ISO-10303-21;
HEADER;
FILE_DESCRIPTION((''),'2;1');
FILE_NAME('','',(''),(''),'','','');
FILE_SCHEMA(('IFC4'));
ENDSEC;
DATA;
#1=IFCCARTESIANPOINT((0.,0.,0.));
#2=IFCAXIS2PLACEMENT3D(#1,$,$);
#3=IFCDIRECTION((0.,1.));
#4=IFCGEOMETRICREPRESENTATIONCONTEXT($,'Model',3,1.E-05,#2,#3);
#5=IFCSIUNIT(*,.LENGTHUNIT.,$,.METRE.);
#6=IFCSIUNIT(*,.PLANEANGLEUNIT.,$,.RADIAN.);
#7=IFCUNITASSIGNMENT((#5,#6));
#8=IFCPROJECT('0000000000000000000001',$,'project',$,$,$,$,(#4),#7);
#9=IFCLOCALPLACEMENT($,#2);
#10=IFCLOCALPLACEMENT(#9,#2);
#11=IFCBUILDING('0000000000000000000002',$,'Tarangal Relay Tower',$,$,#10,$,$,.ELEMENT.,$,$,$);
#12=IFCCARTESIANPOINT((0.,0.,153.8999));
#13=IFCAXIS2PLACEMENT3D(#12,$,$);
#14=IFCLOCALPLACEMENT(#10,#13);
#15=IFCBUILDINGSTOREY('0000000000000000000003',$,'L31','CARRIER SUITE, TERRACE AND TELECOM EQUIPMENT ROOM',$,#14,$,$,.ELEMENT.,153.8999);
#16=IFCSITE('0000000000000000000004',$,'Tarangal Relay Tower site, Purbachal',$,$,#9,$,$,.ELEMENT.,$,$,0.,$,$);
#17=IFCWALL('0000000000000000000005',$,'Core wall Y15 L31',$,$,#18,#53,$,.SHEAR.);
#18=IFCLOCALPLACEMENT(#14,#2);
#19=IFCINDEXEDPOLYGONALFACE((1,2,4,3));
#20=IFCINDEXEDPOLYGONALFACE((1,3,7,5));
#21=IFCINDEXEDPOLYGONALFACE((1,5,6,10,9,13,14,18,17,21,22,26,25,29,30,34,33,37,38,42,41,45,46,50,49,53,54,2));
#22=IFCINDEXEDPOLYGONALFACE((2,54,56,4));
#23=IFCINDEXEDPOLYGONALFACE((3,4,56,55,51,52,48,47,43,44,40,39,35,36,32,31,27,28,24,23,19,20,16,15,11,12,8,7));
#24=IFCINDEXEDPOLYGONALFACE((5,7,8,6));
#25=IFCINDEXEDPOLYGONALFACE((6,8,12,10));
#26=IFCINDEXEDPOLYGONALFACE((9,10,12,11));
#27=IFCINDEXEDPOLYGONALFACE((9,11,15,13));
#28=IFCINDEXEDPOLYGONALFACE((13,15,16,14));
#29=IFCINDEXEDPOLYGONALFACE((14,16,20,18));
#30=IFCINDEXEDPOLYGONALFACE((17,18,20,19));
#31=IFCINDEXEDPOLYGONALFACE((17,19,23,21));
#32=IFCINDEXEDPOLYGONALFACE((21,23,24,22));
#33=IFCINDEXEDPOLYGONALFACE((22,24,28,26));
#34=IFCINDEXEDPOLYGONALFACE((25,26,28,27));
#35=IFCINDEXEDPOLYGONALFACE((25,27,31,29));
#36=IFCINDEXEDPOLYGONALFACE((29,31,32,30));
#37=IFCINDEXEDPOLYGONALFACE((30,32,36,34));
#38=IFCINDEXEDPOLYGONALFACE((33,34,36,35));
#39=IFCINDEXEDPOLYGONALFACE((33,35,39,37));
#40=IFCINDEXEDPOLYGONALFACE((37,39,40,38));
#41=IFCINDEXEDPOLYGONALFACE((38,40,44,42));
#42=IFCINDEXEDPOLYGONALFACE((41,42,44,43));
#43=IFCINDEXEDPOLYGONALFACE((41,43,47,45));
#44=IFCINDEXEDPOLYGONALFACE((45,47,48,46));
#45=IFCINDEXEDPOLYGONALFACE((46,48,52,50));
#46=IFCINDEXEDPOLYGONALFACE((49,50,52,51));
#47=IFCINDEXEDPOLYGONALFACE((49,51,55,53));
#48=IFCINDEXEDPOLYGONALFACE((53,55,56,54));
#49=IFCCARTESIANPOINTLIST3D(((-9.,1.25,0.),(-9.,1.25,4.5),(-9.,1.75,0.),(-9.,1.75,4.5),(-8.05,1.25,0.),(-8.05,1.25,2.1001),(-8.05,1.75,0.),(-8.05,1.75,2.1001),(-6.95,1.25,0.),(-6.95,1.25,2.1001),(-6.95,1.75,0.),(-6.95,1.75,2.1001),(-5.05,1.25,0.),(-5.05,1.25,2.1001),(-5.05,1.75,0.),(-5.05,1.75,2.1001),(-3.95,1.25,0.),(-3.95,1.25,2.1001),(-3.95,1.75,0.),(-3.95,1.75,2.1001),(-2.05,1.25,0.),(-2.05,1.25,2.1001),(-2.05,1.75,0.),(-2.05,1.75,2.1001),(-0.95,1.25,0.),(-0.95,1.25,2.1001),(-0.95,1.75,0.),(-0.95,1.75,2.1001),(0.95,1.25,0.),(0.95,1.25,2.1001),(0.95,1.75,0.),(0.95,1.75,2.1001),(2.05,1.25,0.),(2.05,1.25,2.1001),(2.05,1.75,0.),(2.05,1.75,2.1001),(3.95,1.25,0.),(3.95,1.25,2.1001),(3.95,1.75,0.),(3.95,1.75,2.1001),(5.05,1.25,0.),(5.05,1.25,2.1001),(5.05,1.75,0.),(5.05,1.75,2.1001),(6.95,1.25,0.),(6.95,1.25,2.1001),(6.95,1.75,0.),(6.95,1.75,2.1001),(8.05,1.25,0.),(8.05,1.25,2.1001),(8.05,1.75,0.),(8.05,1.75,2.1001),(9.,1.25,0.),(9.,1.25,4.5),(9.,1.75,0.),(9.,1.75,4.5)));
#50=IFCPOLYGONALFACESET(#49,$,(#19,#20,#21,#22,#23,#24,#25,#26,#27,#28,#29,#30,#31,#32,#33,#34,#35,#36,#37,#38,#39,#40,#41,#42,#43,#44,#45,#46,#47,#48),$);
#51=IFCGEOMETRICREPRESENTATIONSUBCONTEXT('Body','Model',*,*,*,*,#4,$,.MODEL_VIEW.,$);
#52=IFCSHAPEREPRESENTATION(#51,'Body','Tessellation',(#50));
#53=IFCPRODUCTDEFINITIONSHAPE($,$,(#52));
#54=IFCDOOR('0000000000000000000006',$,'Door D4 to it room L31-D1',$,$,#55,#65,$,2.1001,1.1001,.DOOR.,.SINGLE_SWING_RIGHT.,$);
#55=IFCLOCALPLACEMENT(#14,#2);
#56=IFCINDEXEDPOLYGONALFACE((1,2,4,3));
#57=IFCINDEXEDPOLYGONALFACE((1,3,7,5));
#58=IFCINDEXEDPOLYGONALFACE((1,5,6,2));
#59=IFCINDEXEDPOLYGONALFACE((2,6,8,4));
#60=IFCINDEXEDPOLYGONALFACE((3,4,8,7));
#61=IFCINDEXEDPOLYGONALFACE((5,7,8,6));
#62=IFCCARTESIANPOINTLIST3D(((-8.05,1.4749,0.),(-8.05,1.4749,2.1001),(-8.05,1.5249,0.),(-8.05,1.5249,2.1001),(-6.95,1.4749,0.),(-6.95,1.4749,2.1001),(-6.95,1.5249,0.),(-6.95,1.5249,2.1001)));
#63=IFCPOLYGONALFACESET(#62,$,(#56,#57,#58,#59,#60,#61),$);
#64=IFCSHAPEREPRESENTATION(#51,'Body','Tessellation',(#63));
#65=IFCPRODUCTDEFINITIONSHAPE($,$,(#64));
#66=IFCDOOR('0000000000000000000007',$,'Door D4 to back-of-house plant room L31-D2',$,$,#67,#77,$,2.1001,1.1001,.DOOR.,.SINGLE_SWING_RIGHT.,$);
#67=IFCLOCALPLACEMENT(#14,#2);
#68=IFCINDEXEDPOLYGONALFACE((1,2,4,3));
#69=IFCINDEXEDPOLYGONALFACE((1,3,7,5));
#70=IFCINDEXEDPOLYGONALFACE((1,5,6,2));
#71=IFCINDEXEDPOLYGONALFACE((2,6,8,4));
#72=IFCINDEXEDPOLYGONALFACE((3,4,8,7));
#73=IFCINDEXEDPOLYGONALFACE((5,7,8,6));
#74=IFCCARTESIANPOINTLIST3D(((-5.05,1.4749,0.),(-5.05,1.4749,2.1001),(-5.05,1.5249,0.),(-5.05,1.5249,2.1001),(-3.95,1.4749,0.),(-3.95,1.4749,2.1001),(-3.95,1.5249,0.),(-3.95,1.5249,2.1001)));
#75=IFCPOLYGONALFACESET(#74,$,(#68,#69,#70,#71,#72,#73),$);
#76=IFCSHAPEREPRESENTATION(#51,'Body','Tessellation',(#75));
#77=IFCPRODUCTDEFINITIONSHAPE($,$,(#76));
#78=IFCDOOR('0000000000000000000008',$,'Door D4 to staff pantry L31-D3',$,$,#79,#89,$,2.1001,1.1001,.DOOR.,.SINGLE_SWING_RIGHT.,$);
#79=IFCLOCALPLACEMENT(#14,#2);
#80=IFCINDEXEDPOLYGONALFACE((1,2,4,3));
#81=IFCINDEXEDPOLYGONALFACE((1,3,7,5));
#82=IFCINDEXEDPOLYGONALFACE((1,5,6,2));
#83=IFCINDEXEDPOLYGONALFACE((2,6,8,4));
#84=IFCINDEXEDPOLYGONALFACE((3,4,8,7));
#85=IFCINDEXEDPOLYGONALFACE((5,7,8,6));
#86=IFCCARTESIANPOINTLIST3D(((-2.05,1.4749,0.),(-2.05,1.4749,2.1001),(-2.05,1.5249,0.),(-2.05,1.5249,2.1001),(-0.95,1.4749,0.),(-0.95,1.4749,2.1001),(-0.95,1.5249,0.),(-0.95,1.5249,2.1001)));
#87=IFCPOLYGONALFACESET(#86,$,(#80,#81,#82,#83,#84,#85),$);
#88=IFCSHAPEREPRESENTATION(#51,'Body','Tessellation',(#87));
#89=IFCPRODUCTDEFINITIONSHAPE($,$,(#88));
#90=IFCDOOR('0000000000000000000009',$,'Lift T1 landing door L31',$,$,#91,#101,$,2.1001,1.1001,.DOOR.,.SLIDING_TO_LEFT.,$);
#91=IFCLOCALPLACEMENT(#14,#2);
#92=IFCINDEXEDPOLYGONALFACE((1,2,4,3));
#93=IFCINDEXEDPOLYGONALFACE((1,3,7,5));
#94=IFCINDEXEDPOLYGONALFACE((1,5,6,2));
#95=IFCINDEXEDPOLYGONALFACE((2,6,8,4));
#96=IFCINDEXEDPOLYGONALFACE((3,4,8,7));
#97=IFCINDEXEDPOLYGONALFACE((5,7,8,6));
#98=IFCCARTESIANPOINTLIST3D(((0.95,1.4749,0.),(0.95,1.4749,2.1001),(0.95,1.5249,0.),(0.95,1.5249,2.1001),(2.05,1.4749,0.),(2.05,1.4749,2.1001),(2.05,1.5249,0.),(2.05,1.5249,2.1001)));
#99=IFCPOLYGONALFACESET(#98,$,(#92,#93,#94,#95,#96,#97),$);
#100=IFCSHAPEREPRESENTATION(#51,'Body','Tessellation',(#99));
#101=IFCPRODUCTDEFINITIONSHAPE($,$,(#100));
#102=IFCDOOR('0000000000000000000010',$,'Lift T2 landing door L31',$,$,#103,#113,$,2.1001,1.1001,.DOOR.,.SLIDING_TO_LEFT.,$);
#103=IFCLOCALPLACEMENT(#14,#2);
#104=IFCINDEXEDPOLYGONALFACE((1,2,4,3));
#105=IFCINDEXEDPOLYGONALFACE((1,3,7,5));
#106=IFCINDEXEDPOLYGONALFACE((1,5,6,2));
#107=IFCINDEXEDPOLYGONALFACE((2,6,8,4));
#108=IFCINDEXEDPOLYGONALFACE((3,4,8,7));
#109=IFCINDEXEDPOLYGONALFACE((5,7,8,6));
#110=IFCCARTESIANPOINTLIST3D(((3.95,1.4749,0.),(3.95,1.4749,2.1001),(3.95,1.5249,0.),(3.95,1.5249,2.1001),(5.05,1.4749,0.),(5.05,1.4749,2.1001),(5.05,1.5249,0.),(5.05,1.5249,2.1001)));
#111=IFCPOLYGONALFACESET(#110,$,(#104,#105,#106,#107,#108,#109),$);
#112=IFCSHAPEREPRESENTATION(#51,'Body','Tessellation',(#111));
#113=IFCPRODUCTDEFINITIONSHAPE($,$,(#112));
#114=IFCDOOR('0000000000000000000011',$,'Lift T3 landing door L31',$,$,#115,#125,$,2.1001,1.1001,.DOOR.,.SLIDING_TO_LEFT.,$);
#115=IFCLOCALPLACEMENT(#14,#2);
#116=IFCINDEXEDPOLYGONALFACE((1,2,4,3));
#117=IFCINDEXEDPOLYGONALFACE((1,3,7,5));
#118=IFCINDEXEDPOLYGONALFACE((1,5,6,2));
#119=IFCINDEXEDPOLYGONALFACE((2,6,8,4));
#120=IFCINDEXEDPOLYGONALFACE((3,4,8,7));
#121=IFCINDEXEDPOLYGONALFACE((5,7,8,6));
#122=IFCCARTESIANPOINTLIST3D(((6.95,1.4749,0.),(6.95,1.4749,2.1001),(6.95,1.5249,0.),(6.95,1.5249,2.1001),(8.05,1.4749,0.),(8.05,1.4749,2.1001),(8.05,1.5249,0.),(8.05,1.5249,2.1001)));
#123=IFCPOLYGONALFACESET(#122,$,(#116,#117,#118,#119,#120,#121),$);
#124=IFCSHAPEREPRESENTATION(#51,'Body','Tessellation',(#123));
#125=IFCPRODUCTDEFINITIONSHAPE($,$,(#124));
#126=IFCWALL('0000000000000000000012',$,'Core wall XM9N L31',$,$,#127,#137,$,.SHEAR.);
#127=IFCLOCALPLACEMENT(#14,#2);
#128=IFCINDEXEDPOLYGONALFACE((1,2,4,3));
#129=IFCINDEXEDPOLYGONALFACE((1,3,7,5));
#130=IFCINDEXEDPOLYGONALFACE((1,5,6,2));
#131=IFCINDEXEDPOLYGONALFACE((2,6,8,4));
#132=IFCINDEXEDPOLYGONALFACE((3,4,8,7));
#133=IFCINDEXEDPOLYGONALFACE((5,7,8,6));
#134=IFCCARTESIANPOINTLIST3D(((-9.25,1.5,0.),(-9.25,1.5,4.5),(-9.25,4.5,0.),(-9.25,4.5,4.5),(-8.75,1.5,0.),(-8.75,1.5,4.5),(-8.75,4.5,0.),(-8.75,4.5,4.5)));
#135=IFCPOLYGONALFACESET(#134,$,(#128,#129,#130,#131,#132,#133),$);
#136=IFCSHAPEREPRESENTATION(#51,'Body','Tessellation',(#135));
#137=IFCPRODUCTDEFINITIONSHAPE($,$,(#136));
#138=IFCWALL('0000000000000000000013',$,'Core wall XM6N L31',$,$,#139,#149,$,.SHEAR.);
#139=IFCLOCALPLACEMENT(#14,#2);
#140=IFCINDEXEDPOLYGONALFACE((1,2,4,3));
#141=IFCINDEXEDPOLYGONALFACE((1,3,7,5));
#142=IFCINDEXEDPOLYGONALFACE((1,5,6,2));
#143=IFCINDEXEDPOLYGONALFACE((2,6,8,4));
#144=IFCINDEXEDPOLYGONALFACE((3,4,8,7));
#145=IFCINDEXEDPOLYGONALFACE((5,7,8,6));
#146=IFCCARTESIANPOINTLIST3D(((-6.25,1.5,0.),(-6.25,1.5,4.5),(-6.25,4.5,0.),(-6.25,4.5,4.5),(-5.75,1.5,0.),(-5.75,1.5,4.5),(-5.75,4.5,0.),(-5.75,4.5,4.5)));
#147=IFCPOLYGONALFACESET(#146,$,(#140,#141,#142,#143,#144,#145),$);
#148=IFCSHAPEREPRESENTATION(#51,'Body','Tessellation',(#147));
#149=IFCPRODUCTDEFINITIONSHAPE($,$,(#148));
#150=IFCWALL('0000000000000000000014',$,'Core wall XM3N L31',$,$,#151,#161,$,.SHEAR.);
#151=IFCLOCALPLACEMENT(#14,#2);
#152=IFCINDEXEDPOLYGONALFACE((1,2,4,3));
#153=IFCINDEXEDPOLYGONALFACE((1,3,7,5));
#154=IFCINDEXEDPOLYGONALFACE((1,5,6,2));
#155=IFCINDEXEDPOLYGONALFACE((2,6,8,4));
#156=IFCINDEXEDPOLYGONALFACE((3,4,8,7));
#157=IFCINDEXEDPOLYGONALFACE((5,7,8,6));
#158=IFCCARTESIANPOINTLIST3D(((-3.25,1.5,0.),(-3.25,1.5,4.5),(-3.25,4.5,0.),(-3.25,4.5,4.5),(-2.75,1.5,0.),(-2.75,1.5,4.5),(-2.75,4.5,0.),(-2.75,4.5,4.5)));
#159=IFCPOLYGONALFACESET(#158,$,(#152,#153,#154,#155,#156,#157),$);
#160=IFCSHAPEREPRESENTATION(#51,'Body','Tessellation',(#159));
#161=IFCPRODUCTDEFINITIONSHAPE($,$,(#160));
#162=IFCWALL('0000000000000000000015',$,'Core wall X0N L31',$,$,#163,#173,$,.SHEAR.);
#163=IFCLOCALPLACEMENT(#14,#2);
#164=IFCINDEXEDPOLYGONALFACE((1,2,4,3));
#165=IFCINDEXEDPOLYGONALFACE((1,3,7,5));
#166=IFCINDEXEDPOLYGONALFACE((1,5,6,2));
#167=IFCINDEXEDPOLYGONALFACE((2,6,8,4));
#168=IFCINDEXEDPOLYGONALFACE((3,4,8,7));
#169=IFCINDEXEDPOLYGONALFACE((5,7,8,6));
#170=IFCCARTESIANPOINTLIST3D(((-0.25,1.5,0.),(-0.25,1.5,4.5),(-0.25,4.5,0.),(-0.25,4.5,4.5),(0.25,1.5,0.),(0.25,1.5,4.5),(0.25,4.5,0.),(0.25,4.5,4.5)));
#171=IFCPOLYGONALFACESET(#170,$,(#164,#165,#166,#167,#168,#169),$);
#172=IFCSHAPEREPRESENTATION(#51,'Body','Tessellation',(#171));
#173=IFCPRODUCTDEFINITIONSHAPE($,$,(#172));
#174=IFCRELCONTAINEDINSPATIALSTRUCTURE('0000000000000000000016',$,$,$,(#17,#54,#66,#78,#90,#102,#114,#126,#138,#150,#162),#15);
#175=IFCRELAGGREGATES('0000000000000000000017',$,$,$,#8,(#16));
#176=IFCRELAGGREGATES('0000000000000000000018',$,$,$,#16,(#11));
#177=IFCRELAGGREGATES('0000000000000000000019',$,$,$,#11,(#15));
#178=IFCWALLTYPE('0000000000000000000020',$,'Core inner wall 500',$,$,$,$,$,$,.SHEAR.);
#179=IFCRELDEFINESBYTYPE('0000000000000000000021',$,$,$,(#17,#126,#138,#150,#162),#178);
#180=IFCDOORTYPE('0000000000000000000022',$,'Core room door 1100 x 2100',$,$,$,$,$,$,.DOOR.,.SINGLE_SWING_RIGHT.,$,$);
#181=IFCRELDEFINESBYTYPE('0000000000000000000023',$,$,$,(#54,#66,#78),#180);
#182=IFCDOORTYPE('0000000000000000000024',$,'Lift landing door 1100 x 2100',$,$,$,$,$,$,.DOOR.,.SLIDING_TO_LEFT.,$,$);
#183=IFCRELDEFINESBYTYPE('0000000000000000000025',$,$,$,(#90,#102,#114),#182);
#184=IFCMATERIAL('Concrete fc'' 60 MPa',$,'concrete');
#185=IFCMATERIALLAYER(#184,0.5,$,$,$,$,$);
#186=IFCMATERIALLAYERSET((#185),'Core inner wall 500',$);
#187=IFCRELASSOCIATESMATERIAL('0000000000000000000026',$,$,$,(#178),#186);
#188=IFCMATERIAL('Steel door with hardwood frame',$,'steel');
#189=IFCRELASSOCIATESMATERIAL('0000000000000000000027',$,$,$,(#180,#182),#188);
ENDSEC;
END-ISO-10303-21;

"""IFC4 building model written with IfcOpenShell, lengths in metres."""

from ifc_helpers import new_model, si_unit, direction, frame, frame_2d, origin, place, context, subcontext, project, spatial, rectangle, extrude, material, layer, layer_set, type_object, element, fill, save


model = new_model("IFC4")

# Units and contexts
model_context = context("Model", 3, precision=1e-05, world=origin(), true_north=direction((0.0, 1.0)))
body_context = subcontext(model_context, "Body", "Model", "MODEL_VIEW")
ifc_project = project(units=[si_unit("LENGTHUNIT", "METRE"), si_unit("PLANEANGLEUNIT", "RADIAN")], contexts=[model_context])

# Site, building, storey
site_placement = place(None, origin())
site = spatial("IfcSite", under=ifc_project, at=site_placement, Name="Tarangal Relay Tower site, Purbachal", CompositionType="ELEMENT", RefElevation=0.0)
building_placement = place(site_placement, origin())
building = spatial("IfcBuilding", under=site, at=building_placement, Name="Tarangal Relay Tower", CompositionType="ELEMENT")
storey_placement = place(building_placement, frame((0.0, 0.0, 153.8999)))
storey = spatial("IfcBuildingStorey", under=building, at=storey_placement, Name="L31", Description="CARRIER SUITE, TERRACE AND TELECOM EQUIPMENT ROOM", CompositionType="ELEMENT", Elevation=153.8999)

# Wall, openings, doors
ifc_material_1 = material(Name="Concrete fc' 60 MPa", Category="concrete")
ifc_layer_1 = layer(ifc_material_1, 0.5)
ifc_layer_set_1 = layer_set([ifc_layer_1], Name="Core inner wall 500")
wall_type_1 = type_object("IfcWallType", Name="Core inner wall 500", PredefinedType="SHEAR", material=ifc_layer_set_1)
wall_1_placement = place(storey_placement, frame((-9.0, 1.5, 0.0), z_axis=(0.0, 0.0, 1.0), x_axis=(1.0, 0.0, 0.0)))
wall_1 = element("IfcWall", 1, at=wall_1_placement, inside=storey, type_object=wall_type_1, Name="Core wall Y15 L31", PredefinedType="SHEAR", context=body_context, shape_type="SweptSolid", body=[
    extrude(rectangle(XDim=18.0, YDim=0.5, at=frame_2d((9.0, 0.0))), origin(), (0.0, 0.0, 1.0), 4.5),
])
opening_1_placement = place(wall_1_placement, frame((9.95, 0.0, 0.0)))
opening_1 = element("IfcOpeningElement", 2, at=opening_1_placement, cuts=wall_1, PredefinedType="OPENING", context=body_context, shape_type="SweptSolid", body=[
    extrude(rectangle(XDim=1.1001, YDim=2.1001, at=frame_2d((0.55, 1.05))), frame((0.0, 0.26, 0.0), z_axis=(0.0, -1.0, 0.0), x_axis=(1.0, 0.0, 0.0)), (0.0, 0.0, 1.0), 0.52),
])
opening_2_placement = place(wall_1_placement, frame((12.95, 0.0, 0.0)))
opening_2 = element("IfcOpeningElement", 3, at=opening_2_placement, cuts=wall_1, PredefinedType="OPENING", context=body_context, shape_type="SweptSolid", body=[
    extrude(rectangle(XDim=1.1001, YDim=2.1001, at=frame_2d((0.55, 1.05))), frame((0.0, 0.26, 0.0), z_axis=(0.0, -1.0, 0.0), x_axis=(1.0, 0.0, 0.0)), (0.0, 0.0, 1.0), 0.52),
])
opening_3_placement = place(wall_1_placement, frame((15.95, 0.0, 0.0)))
opening_3 = element("IfcOpeningElement", 4, at=opening_3_placement, cuts=wall_1, PredefinedType="OPENING", context=body_context, shape_type="SweptSolid", body=[
    extrude(rectangle(XDim=1.1001, YDim=2.1001, at=frame_2d((0.55, 1.05))), frame((0.0, 0.26, 0.0), z_axis=(0.0, -1.0, 0.0), x_axis=(1.0, 0.0, 0.0)), (0.0, 0.0, 1.0), 0.52),
])
opening_4_placement = place(wall_1_placement, frame((0.95, 0.0, 0.0)))
opening_4 = element("IfcOpeningElement", 5, at=opening_4_placement, cuts=wall_1, PredefinedType="OPENING", context=body_context, shape_type="SweptSolid", body=[
    extrude(rectangle(XDim=1.1001, YDim=2.1001, at=frame_2d((0.55, 1.05))), frame((0.0, 0.26, 0.0), z_axis=(0.0, -1.0, 0.0), x_axis=(1.0, 0.0, 0.0)), (0.0, 0.0, 1.0), 0.52),
])
opening_5_placement = place(wall_1_placement, frame((3.95, 0.0, 0.0)))
opening_5 = element("IfcOpeningElement", 6, at=opening_5_placement, cuts=wall_1, PredefinedType="OPENING", context=body_context, shape_type="SweptSolid", body=[
    extrude(rectangle(XDim=1.1001, YDim=2.1001, at=frame_2d((0.55, 1.05))), frame((0.0, 0.26, 0.0), z_axis=(0.0, -1.0, 0.0), x_axis=(1.0, 0.0, 0.0)), (0.0, 0.0, 1.0), 0.52),
])
opening_6_placement = place(wall_1_placement, frame((6.95, 0.0, 0.0)))
opening_6 = element("IfcOpeningElement", 7, at=opening_6_placement, cuts=wall_1, PredefinedType="OPENING", context=body_context, shape_type="SweptSolid", body=[
    extrude(rectangle(XDim=1.1001, YDim=2.1001, at=frame_2d((0.55, 1.05))), frame((0.0, 0.26, 0.0), z_axis=(0.0, -1.0, 0.0), x_axis=(1.0, 0.0, 0.0)), (0.0, 0.0, 1.0), 0.52),
])
ifc_material_2 = material(Name="Steel door with hardwood frame", Category="steel")
door_type_1 = type_object("IfcDoorType", Name="Core room door 1100 x 2100", OperationType="SINGLE_SWING_RIGHT", PredefinedType="DOOR", material=ifc_material_2)
door_1_placement = place(opening_4_placement, origin())
door_1 = element("IfcDoor", 8, at=door_1_placement, inside=storey, type_object=door_type_1, Name="Door D4 to it room L31-D1", OperationType="SINGLE_SWING_RIGHT", OverallHeight=2.1001, OverallWidth=1.1001, PredefinedType="DOOR", context=body_context, shape_type="SweptSolid", body=[
    extrude(rectangle(XDim=1.1001, YDim=2.1001, at=frame_2d((0.55, 1.05))), frame((0.0, 0.0249, 0.0), z_axis=(0.0, -1.0, 0.0), x_axis=(1.0, 0.0, 0.0)), (0.0, 0.0, 1.0), 0.05),
])
fill(opening_4, door_1)
door_2_placement = place(opening_5_placement, origin())
door_2 = element("IfcDoor", 9, at=door_2_placement, inside=storey, type_object=door_type_1, Name="Door D4 to back-of-house plant room L31-D2", OperationType="SINGLE_SWING_RIGHT", OverallHeight=2.1001, OverallWidth=1.1001, PredefinedType="DOOR", context=body_context, shape_type="SweptSolid", body=[
    extrude(rectangle(XDim=1.1001, YDim=2.1001, at=frame_2d((0.55, 1.05))), frame((0.0, 0.0249, 0.0), z_axis=(0.0, -1.0, 0.0), x_axis=(1.0, 0.0, 0.0)), (0.0, 0.0, 1.0), 0.05),
])
fill(opening_5, door_2)
door_3_placement = place(opening_6_placement, origin())
door_3 = element("IfcDoor", 10, at=door_3_placement, inside=storey, type_object=door_type_1, Name="Door D4 to staff pantry L31-D3", OperationType="SINGLE_SWING_RIGHT", OverallHeight=2.1001, OverallWidth=1.1001, PredefinedType="DOOR", context=body_context, shape_type="SweptSolid", body=[
    extrude(rectangle(XDim=1.1001, YDim=2.1001, at=frame_2d((0.55, 1.05))), frame((0.0, 0.0249, 0.0), z_axis=(0.0, -1.0, 0.0), x_axis=(1.0, 0.0, 0.0)), (0.0, 0.0, 1.0), 0.05),
])
fill(opening_6, door_3)
door_type_2 = type_object("IfcDoorType", Name="Lift landing door 1100 x 2100", OperationType="SLIDING_TO_LEFT", PredefinedType="DOOR", material=ifc_material_2)
door_4_placement = place(opening_1_placement, origin())
door_4 = element("IfcDoor", 11, at=door_4_placement, inside=storey, type_object=door_type_2, Name="Lift T1 landing door L31", OperationType="SLIDING_TO_LEFT", OverallHeight=2.1001, OverallWidth=1.1001, PredefinedType="DOOR", context=body_context, shape_type="SweptSolid", body=[
    extrude(rectangle(XDim=1.1001, YDim=2.1001, at=frame_2d((0.55, 1.05))), frame((0.0, 0.0249, 0.0), z_axis=(0.0, -1.0, 0.0), x_axis=(1.0, 0.0, 0.0)), (0.0, 0.0, 1.0), 0.05),
])
fill(opening_1, door_4)
door_5_placement = place(opening_2_placement, origin())
door_5 = element("IfcDoor", 12, at=door_5_placement, inside=storey, type_object=door_type_2, Name="Lift T2 landing door L31", OperationType="SLIDING_TO_LEFT", OverallHeight=2.1001, OverallWidth=1.1001, PredefinedType="DOOR", context=body_context, shape_type="SweptSolid", body=[
    extrude(rectangle(XDim=1.1001, YDim=2.1001, at=frame_2d((0.55, 1.05))), frame((0.0, 0.0249, 0.0), z_axis=(0.0, -1.0, 0.0), x_axis=(1.0, 0.0, 0.0)), (0.0, 0.0, 1.0), 0.05),
])
fill(opening_2, door_5)
door_6_placement = place(opening_3_placement, origin())
door_6 = element("IfcDoor", 13, at=door_6_placement, inside=storey, type_object=door_type_2, Name="Lift T3 landing door L31", OperationType="SLIDING_TO_LEFT", OverallHeight=2.1001, OverallWidth=1.1001, PredefinedType="DOOR", context=body_context, shape_type="SweptSolid", body=[
    extrude(rectangle(XDim=1.1001, YDim=2.1001, at=frame_2d((0.55, 1.05))), frame((0.0, 0.0249, 0.0), z_axis=(0.0, -1.0, 0.0), x_axis=(1.0, 0.0, 0.0)), (0.0, 0.0, 1.0), 0.05),
])
fill(opening_3, door_6)

# Walls
for number, where, z_axis, x_axis, name in (
    (14, (-9.0, 1.5, 0.0), (0.0, 0.0, 1.0), (0.0, 1.0, 0.0), "Core wall XM9N L31"),
    (15, (-6.0, 1.5, 0.0), (0.0, 0.0, 1.0), (0.0, 1.0, 0.0), "Core wall XM6N L31"),
    (16, (-3.0, 1.5, 0.0), (0.0, 0.0, 1.0), (0.0, 1.0, 0.0), "Core wall XM3N L31"),
    (17, (0.0, 1.5, 0.0), (0.0, 0.0, 1.0), (0.0, 1.0, 0.0), "Core wall X0N L31"),
):
    element("IfcWall", number, at=place(storey_placement, frame(where, z_axis=z_axis, x_axis=x_axis)), inside=storey, type_object=wall_type_1, Name=name, PredefinedType="SHEAR", context=body_context, shape_type="SweptSolid", body=[
        extrude(rectangle(XDim=3.0, YDim=0.5, at=frame_2d((1.5, 0.0))), origin(), (0.0, 0.0, 1.0), 4.5),
    ])

save(model, "model.ifc")
